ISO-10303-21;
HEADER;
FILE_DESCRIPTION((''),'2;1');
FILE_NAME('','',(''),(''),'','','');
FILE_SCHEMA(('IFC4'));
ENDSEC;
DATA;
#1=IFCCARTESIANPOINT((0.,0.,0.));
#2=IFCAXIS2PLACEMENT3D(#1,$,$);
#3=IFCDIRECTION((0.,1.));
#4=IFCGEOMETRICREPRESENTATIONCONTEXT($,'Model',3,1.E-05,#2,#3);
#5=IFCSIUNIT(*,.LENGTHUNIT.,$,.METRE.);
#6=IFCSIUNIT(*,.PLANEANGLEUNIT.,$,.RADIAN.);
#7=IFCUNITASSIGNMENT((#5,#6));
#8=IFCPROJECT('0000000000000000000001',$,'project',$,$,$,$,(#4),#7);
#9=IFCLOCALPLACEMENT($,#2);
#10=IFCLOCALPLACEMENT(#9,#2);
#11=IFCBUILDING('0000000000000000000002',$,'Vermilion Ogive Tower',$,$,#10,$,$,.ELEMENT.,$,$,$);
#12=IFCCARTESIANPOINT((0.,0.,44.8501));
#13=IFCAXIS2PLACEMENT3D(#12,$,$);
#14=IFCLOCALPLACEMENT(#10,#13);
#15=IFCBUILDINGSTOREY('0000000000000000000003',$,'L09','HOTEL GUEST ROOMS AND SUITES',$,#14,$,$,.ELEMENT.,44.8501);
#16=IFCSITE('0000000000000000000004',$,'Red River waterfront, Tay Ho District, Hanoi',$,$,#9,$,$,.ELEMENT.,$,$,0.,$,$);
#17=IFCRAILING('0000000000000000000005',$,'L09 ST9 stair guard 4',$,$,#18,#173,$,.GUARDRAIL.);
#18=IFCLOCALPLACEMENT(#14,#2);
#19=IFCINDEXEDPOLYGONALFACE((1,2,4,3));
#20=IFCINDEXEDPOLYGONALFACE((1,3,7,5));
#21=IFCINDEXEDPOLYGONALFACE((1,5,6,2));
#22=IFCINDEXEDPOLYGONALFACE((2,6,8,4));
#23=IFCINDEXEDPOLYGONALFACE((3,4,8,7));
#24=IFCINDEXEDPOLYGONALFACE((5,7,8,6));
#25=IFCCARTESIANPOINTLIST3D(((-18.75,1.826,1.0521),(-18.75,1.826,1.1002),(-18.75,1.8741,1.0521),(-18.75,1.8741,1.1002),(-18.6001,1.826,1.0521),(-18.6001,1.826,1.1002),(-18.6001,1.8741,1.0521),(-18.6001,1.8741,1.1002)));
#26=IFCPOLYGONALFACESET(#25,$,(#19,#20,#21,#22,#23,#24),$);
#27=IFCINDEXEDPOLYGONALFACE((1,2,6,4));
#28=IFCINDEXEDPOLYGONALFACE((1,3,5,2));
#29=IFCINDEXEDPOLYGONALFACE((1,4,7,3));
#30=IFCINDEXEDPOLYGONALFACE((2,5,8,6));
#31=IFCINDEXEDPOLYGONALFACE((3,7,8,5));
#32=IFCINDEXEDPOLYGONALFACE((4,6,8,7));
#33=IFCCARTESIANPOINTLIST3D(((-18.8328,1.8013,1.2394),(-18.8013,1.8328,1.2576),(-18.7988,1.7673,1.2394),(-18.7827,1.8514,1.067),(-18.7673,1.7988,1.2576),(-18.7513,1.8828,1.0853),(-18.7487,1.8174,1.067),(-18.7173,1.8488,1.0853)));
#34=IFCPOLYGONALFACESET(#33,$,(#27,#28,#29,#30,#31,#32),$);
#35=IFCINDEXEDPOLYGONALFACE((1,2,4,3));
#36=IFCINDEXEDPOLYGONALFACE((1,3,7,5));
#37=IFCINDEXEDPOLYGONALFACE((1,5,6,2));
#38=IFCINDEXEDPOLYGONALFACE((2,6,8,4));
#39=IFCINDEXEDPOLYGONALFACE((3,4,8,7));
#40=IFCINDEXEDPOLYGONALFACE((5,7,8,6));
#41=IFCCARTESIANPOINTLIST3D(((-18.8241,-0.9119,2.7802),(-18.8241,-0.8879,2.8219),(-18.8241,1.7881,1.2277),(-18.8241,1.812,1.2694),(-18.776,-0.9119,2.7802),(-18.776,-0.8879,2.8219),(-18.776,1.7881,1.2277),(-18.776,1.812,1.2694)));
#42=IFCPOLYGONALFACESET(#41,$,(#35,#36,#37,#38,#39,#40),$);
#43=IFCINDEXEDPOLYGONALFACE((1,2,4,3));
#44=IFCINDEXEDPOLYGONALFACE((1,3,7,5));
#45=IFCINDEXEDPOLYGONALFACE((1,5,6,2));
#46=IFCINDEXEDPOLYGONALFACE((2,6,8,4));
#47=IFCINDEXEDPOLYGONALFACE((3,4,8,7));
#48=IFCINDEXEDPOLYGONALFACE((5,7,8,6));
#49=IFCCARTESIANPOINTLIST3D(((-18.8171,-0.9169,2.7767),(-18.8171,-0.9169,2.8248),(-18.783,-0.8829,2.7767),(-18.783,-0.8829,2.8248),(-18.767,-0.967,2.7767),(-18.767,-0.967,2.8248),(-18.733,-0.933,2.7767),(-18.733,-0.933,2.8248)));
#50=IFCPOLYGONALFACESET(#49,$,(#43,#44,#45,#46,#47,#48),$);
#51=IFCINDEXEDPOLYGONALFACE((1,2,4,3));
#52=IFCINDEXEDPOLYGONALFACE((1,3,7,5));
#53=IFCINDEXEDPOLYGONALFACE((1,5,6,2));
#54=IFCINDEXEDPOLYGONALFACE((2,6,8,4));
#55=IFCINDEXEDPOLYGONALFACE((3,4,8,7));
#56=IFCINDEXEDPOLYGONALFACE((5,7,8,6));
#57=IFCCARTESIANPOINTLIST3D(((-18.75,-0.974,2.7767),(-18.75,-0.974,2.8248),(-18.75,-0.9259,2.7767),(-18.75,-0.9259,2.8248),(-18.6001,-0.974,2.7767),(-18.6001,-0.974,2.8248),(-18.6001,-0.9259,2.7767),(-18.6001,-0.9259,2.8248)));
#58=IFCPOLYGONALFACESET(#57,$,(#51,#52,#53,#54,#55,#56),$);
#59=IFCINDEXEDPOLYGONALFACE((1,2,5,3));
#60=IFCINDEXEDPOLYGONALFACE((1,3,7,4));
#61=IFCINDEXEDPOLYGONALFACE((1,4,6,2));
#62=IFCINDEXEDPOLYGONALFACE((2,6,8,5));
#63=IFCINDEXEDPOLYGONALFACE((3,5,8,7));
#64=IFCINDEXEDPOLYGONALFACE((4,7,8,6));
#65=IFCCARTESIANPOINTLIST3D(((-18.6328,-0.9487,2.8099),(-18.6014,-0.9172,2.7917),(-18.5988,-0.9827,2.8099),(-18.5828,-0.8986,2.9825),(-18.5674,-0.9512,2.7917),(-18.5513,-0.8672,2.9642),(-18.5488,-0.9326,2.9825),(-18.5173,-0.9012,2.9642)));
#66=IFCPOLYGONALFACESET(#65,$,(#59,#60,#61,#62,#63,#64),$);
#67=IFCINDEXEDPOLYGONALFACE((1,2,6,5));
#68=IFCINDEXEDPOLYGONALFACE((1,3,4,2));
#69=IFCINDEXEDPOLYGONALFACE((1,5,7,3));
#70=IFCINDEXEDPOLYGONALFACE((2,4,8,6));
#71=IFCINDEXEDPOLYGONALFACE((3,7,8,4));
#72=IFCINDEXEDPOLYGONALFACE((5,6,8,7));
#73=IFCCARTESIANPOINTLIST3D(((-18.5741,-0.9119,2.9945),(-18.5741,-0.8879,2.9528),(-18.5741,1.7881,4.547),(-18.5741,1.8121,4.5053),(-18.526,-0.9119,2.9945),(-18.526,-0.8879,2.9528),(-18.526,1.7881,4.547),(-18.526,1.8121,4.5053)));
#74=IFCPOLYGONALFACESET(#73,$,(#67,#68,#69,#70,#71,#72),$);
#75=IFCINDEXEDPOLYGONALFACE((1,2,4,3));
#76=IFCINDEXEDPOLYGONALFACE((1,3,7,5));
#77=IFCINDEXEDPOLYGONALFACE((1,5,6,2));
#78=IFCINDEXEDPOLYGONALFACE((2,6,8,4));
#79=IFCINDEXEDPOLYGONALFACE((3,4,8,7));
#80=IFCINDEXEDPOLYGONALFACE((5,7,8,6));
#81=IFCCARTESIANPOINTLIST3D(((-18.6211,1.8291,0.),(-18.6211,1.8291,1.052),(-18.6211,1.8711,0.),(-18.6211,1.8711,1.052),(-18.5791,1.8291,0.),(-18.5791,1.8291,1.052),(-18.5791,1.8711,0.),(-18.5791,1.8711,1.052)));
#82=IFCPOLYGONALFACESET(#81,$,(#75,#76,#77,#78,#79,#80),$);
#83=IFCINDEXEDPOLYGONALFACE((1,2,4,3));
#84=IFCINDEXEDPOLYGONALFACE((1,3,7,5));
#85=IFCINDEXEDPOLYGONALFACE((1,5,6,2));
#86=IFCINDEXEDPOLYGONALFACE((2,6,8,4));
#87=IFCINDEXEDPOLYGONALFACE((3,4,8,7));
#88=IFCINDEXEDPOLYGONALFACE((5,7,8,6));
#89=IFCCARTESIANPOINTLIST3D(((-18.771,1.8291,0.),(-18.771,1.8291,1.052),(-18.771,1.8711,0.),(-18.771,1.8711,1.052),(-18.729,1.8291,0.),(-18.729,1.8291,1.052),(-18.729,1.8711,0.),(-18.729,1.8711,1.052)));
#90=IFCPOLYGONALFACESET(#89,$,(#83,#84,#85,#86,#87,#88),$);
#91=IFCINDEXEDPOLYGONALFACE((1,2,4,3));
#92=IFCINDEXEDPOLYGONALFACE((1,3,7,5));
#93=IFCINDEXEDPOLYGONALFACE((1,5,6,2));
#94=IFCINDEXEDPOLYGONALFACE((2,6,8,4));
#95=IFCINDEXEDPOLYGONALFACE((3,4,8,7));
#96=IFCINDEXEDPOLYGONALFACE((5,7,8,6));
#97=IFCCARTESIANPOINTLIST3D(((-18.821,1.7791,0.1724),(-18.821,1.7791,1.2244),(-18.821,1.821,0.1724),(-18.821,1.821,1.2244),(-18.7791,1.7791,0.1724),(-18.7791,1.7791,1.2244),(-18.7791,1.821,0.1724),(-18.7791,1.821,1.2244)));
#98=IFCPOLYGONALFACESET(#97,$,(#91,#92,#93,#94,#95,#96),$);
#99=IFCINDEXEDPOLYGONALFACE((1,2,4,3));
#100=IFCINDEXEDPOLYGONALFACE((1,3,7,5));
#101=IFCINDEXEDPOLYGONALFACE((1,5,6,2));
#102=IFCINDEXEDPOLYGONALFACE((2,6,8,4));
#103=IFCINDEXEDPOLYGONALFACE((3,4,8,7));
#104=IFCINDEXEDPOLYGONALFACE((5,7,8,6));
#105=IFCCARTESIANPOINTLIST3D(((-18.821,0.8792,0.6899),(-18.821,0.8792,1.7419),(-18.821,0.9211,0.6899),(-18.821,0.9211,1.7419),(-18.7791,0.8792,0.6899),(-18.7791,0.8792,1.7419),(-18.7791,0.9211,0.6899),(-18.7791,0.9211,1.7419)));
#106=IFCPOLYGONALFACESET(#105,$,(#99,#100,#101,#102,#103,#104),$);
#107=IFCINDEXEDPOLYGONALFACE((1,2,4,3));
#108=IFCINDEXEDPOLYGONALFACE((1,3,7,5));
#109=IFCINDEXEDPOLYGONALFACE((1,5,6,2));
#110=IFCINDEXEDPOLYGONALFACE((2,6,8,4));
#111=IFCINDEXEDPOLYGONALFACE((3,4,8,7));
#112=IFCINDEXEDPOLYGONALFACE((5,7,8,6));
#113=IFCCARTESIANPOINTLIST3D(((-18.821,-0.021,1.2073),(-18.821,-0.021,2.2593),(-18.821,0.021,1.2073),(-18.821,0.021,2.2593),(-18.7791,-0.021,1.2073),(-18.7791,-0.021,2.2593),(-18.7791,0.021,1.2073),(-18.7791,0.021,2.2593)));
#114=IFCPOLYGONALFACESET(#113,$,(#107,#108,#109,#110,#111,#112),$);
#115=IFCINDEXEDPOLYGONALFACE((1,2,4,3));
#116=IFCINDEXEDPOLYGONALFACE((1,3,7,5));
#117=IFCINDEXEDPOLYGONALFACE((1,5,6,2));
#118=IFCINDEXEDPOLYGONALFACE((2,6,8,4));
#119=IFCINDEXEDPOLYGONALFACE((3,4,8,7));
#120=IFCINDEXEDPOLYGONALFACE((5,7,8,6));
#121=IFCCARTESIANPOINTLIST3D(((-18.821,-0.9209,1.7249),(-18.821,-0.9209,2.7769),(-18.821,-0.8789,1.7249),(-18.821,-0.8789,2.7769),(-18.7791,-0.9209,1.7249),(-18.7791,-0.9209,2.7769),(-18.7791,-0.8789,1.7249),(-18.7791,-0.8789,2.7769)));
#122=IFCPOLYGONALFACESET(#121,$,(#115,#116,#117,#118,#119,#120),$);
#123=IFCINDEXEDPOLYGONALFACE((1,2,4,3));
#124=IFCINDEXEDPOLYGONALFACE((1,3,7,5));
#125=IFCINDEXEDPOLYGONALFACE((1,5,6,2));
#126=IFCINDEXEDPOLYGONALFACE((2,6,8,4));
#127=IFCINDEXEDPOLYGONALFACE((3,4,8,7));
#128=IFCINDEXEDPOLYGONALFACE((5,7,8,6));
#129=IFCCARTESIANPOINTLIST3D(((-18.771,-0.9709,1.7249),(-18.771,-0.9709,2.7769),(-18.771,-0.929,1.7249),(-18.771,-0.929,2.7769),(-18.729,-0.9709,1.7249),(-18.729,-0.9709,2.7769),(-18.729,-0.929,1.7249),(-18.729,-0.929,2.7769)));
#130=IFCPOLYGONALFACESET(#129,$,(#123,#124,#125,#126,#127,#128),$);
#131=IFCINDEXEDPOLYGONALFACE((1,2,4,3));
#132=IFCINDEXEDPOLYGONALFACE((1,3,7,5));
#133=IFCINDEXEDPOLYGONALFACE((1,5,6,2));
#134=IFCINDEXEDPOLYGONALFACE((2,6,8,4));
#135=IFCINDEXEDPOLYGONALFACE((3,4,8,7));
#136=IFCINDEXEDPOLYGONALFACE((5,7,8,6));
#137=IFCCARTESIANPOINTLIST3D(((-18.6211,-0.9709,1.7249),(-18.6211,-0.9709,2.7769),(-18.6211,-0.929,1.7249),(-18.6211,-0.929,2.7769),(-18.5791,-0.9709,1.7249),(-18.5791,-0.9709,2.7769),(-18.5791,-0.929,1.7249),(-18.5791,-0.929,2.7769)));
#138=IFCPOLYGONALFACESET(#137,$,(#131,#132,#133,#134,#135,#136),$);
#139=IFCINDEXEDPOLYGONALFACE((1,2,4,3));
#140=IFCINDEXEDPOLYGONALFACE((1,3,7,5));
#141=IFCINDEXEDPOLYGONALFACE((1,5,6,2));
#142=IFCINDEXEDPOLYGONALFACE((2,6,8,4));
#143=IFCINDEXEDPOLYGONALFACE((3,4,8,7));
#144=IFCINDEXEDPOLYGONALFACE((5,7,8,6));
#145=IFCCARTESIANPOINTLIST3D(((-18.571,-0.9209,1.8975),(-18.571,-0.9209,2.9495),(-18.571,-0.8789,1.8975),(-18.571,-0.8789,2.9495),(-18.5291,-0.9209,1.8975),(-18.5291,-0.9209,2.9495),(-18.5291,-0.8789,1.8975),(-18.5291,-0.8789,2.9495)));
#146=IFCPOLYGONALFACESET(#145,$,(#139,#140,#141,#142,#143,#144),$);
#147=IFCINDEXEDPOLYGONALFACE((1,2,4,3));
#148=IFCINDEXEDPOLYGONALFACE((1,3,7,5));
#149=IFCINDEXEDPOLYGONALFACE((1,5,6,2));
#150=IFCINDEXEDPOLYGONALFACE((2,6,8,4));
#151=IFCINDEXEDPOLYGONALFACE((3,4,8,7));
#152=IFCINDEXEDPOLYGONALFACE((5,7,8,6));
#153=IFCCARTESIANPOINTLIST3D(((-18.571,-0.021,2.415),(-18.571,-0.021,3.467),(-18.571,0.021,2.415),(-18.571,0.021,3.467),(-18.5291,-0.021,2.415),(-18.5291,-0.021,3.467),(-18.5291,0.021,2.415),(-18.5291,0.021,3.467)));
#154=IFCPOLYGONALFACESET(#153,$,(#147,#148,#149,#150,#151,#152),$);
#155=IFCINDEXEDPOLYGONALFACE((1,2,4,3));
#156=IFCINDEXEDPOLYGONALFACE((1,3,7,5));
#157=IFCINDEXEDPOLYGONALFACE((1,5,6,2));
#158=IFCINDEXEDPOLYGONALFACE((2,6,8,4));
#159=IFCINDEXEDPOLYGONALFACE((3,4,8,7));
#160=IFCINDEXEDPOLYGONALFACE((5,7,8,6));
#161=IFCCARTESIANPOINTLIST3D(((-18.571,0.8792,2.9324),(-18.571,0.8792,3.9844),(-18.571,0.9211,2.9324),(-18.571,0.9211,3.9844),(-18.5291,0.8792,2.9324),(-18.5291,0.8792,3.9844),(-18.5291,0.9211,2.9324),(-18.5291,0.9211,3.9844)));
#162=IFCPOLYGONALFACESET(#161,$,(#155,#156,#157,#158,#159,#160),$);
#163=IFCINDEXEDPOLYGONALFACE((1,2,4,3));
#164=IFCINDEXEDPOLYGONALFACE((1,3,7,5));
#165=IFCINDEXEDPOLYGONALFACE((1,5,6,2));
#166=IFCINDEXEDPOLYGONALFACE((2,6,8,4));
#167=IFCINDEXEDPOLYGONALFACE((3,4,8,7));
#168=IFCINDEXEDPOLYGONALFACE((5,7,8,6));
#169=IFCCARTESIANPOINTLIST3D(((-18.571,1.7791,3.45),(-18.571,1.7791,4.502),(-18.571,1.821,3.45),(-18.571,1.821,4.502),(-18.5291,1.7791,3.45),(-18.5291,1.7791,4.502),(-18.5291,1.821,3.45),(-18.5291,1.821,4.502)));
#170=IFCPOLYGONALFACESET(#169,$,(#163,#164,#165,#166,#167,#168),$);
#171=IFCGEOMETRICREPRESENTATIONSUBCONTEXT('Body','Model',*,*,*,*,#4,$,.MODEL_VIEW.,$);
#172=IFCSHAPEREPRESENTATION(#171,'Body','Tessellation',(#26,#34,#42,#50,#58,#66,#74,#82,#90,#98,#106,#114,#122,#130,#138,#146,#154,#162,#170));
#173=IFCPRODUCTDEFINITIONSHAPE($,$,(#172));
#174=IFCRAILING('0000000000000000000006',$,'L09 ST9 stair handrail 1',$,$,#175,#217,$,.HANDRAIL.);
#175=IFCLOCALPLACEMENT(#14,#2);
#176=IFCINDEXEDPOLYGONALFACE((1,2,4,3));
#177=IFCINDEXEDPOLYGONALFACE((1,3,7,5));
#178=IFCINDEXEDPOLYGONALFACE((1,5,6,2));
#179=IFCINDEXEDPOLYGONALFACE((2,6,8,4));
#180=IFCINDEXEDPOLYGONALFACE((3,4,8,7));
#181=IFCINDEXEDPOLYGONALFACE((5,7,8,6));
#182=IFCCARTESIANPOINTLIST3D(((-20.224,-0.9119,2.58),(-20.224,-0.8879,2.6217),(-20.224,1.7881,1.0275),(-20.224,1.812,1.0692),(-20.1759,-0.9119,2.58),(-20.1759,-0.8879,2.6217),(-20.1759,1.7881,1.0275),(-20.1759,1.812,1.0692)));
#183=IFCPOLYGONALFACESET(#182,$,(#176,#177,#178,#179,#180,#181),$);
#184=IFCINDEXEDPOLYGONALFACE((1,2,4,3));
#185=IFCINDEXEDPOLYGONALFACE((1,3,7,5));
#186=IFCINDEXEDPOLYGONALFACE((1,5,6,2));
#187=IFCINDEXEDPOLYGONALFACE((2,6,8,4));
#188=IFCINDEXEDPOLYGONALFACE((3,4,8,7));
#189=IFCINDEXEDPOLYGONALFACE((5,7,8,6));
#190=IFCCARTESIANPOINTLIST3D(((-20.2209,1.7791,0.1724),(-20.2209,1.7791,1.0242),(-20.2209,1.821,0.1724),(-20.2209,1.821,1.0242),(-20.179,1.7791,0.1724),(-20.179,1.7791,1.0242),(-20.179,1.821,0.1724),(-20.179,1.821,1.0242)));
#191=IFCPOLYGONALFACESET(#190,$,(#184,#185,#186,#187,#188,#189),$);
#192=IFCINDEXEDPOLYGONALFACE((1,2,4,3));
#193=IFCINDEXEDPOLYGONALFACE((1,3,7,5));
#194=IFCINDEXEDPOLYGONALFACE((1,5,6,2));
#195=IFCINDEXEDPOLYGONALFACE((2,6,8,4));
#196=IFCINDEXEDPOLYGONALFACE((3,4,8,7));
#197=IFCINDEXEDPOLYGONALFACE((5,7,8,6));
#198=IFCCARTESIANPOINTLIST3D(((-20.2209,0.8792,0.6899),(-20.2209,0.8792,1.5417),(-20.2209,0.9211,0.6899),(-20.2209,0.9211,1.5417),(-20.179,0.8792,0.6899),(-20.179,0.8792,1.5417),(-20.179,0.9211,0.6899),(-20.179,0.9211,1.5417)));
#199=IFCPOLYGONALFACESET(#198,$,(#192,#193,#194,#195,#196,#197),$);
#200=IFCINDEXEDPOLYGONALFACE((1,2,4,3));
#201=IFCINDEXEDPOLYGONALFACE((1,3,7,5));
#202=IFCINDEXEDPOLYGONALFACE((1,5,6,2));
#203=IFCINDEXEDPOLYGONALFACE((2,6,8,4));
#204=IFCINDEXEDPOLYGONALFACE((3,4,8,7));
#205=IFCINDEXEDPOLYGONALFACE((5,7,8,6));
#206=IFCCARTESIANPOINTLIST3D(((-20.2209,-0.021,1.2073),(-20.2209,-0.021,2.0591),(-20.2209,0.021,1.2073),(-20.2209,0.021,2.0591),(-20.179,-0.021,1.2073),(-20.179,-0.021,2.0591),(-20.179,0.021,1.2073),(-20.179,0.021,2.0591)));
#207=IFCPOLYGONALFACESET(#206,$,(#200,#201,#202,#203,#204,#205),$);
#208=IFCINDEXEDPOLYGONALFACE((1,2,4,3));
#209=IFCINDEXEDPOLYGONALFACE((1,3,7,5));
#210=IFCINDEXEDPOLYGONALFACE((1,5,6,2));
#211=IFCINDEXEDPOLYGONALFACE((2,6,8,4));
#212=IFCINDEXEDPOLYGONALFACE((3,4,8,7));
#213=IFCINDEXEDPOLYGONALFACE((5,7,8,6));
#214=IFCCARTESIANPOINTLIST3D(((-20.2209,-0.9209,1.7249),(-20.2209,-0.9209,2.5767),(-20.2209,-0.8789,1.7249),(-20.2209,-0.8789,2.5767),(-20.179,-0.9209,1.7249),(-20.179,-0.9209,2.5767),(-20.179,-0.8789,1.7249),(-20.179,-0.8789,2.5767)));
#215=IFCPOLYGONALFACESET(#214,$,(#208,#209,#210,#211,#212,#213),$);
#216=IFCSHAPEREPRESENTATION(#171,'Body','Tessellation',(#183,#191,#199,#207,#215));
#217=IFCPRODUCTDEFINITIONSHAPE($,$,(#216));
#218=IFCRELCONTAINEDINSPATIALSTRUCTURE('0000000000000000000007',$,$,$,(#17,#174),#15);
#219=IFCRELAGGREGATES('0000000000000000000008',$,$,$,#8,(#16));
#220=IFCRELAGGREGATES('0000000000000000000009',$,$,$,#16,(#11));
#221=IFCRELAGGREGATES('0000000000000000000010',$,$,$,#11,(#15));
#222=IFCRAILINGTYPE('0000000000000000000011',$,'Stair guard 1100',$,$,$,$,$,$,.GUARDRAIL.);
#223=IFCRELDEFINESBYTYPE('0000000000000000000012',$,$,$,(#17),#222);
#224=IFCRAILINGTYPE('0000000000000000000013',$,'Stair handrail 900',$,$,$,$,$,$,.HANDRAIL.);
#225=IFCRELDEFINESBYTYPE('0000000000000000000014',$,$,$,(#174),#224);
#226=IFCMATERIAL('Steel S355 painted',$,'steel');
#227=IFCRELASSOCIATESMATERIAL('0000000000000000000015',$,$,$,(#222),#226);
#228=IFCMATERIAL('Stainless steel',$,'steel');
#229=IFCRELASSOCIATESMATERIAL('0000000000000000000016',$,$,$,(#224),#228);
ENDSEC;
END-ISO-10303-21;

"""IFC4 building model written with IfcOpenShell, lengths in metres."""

from ifc_helpers import new_model, si_unit, direction, frame, origin, origin_2d, place, context, subcontext, project, spatial, rectangle, extrude, material, type_object, element, save


model = new_model("IFC4")

# Units and contexts
model_context = context("Model", 3, precision=1e-05, world=origin(), true_north=direction((0.0, 1.0)))
body_context = subcontext(model_context, "Body", "Model", "MODEL_VIEW")
ifc_project = project(units=[si_unit("LENGTHUNIT", "METRE"), si_unit("PLANEANGLEUNIT", "RADIAN")], contexts=[model_context])

# Site, building, storey
site_placement = place(None, origin())
site = spatial("IfcSite", under=ifc_project, at=site_placement, Name="Red River waterfront, Tay Ho District, Hanoi", CompositionType="ELEMENT", RefElevation=0.0)
building_placement = place(site_placement, origin())
building = spatial("IfcBuilding", under=site, at=building_placement, Name="Vermilion Ogive Tower", CompositionType="ELEMENT")
storey_placement = place(building_placement, frame((0.0, 0.0, 44.8501)))
storey = spatial("IfcBuildingStorey", under=building, at=storey_placement, Name="L09", Description="HOTEL GUEST ROOMS AND SUITES", CompositionType="ELEMENT", Elevation=44.8501)

# Railings
ifc_material_1 = material(Name="Steel S355 painted", Category="steel")
railing_type_1 = type_object("IfcRailingType", Name="Stair guard 1100", PredefinedType="GUARDRAIL", material=ifc_material_1)
railing_1_placement = place(storey_placement, frame((-18.6001, 1.8501, 0.0)))
element("IfcRailing", 1, at=railing_1_placement, inside=storey, type_object=railing_type_1, Name="L09 ST9 stair guard 4", PredefinedType="GUARDRAIL", context=body_context, shape_type="SweptSolid", body=[
    extrude(rectangle(XDim=0.0481, YDim=0.0481, at=origin_2d()), frame((0.0, 0.0, 1.0762), z_axis=(-1.0, 0.0, 0.0), x_axis=(0.0, -1.0, 0.0)), (0.0, 0.0, 1.0), 0.1499),
    extrude(rectangle(XDim=0.0481, YDim=0.0481, at=origin_2d()), frame((-0.1499, 0.0, 1.0762), z_axis=(-0.268603, -0.268603, 0.925043), x_axis=(0.707107, -0.707107, 0.0)), (0.0, 0.0, 1.0), 0.1863),
    extrude(rectangle(XDim=0.0481, YDim=0.0481, at=origin_2d()), frame((-0.2, -0.05, 1.2485), z_axis=(0.0, -0.866904, 0.498476), x_axis=(1.0, 0.0, 0.0)), (0.0, 0.0, 1.0), 3.1145),
    extrude(rectangle(XDim=0.0481, YDim=0.0481, at=origin_2d()), frame((-0.2, -2.75, 2.8008), z_axis=(0.707107, -0.707107, 0.0), x_axis=(0.707107, 0.707107, 0.0)), (0.0, 0.0, 1.0), 0.0708),
    extrude(rectangle(XDim=0.0481, YDim=0.0481, at=origin_2d()), frame((-0.1499, -2.8, 2.8008), z_axis=(1.0, 0.0, 0.0), x_axis=(0.0, 1.0, 0.0)), (0.0, 0.0, 1.0), 0.1499),
    extrude(rectangle(XDim=0.0481, YDim=0.0481, at=origin_2d()), frame((0.0, -2.8, 2.8008), z_axis=(0.268278, 0.268278, 0.925232), x_axis=(-0.707107, 0.707107, 0.0)), (0.0, 0.0, 1.0), 0.1865),
    extrude(rectangle(XDim=0.0481, YDim=0.0481, at=origin_2d()), frame((0.05, -2.75, 2.9736), z_axis=(0.0, 0.866904, 0.498476), x_axis=(-1.0, 0.0, 0.0)), (0.0, 0.0, 1.0), 3.1145),
    extrude(rectangle(XDim=0.042, YDim=0.042, at=origin_2d()), origin(), (0.0, 0.0, 1.0), 1.052),
    extrude(rectangle(XDim=0.042, YDim=0.042, at=origin_2d()), frame((-0.1499, 0.0, 0.0)), (0.0, 0.0, 1.0), 1.052),
    extrude(rectangle(XDim=0.042, YDim=0.042, at=origin_2d()), frame((-0.2, -0.05, 0.1724)), (0.0, 0.0, 1.0), 1.052),
    extrude(rectangle(XDim=0.042, YDim=0.042, at=origin_2d()), frame((-0.2, -0.95, 0.6899)), (0.0, 0.0, 1.0), 1.052),
    extrude(rectangle(XDim=0.042, YDim=0.042, at=origin_2d()), frame((-0.2, -1.8501, 1.2073)), (0.0, 0.0, 1.0), 1.052),
    extrude(rectangle(XDim=0.042, YDim=0.042, at=origin_2d()), frame((-0.2, -2.75, 1.7249)), (0.0, 0.0, 1.0), 1.052),
    extrude(rectangle(XDim=0.042, YDim=0.042, at=origin_2d()), frame((-0.1499, -2.8, 1.7249)), (0.0, 0.0, 1.0), 1.052),
    extrude(rectangle(XDim=0.042, YDim=0.042, at=origin_2d()), frame((0.0, -2.8, 1.7249)), (0.0, 0.0, 1.0), 1.052),
    extrude(rectangle(XDim=0.042, YDim=0.042, at=origin_2d()), frame((0.05, -2.75, 1.8975)), (0.0, 0.0, 1.0), 1.052),
    extrude(rectangle(XDim=0.042, YDim=0.042, at=origin_2d()), frame((0.05, -1.8501, 2.415)), (0.0, 0.0, 1.0), 1.052),
    extrude(rectangle(XDim=0.042, YDim=0.042, at=origin_2d()), frame((0.05, -0.95, 2.9324)), (0.0, 0.0, 1.0), 1.052),
    extrude(rectangle(XDim=0.042, YDim=0.042, at=origin_2d()), frame((0.05, -0.05, 3.45)), (0.0, 0.0, 1.0), 1.052),
])
ifc_material_2 = material(Name="Stainless steel", Category="steel")
railing_type_2 = type_object("IfcRailingType", Name="Stair handrail 900", PredefinedType="HANDRAIL", material=ifc_material_2)
railing_2_placement = place(storey_placement, frame((-20.2, 1.8, 0.1724)))
element("IfcRailing", 2, at=railing_2_placement, inside=storey, type_object=railing_type_2, Name="L09 ST9 stair handrail 1", PredefinedType="HANDRAIL", context=body_context, shape_type="SweptSolid", body=[
    extrude(rectangle(XDim=0.0481, YDim=0.0481, at=origin_2d()), frame((0.0, 0.0, 0.876), z_axis=(0.0, -0.866904, 0.498476), x_axis=(1.0, 0.0, 0.0)), (0.0, 0.0, 1.0), 3.1145),
    extrude(rectangle(XDim=0.042, YDim=0.042, at=origin_2d()), origin(), (0.0, 0.0, 1.0), 0.8518),
    extrude(rectangle(XDim=0.042, YDim=0.042, at=origin_2d()), frame((0.0, -0.8999, 0.5176)), (0.0, 0.0, 1.0), 0.8518),
    extrude(rectangle(XDim=0.042, YDim=0.042, at=origin_2d()), frame((0.0, -1.8, 1.0349)), (0.0, 0.0, 1.0), 0.8518),
    extrude(rectangle(XDim=0.042, YDim=0.042, at=origin_2d()), frame((0.0, -2.7, 1.5525)), (0.0, 0.0, 1.0), 0.8518),
])

save(model, "model.ifc")
